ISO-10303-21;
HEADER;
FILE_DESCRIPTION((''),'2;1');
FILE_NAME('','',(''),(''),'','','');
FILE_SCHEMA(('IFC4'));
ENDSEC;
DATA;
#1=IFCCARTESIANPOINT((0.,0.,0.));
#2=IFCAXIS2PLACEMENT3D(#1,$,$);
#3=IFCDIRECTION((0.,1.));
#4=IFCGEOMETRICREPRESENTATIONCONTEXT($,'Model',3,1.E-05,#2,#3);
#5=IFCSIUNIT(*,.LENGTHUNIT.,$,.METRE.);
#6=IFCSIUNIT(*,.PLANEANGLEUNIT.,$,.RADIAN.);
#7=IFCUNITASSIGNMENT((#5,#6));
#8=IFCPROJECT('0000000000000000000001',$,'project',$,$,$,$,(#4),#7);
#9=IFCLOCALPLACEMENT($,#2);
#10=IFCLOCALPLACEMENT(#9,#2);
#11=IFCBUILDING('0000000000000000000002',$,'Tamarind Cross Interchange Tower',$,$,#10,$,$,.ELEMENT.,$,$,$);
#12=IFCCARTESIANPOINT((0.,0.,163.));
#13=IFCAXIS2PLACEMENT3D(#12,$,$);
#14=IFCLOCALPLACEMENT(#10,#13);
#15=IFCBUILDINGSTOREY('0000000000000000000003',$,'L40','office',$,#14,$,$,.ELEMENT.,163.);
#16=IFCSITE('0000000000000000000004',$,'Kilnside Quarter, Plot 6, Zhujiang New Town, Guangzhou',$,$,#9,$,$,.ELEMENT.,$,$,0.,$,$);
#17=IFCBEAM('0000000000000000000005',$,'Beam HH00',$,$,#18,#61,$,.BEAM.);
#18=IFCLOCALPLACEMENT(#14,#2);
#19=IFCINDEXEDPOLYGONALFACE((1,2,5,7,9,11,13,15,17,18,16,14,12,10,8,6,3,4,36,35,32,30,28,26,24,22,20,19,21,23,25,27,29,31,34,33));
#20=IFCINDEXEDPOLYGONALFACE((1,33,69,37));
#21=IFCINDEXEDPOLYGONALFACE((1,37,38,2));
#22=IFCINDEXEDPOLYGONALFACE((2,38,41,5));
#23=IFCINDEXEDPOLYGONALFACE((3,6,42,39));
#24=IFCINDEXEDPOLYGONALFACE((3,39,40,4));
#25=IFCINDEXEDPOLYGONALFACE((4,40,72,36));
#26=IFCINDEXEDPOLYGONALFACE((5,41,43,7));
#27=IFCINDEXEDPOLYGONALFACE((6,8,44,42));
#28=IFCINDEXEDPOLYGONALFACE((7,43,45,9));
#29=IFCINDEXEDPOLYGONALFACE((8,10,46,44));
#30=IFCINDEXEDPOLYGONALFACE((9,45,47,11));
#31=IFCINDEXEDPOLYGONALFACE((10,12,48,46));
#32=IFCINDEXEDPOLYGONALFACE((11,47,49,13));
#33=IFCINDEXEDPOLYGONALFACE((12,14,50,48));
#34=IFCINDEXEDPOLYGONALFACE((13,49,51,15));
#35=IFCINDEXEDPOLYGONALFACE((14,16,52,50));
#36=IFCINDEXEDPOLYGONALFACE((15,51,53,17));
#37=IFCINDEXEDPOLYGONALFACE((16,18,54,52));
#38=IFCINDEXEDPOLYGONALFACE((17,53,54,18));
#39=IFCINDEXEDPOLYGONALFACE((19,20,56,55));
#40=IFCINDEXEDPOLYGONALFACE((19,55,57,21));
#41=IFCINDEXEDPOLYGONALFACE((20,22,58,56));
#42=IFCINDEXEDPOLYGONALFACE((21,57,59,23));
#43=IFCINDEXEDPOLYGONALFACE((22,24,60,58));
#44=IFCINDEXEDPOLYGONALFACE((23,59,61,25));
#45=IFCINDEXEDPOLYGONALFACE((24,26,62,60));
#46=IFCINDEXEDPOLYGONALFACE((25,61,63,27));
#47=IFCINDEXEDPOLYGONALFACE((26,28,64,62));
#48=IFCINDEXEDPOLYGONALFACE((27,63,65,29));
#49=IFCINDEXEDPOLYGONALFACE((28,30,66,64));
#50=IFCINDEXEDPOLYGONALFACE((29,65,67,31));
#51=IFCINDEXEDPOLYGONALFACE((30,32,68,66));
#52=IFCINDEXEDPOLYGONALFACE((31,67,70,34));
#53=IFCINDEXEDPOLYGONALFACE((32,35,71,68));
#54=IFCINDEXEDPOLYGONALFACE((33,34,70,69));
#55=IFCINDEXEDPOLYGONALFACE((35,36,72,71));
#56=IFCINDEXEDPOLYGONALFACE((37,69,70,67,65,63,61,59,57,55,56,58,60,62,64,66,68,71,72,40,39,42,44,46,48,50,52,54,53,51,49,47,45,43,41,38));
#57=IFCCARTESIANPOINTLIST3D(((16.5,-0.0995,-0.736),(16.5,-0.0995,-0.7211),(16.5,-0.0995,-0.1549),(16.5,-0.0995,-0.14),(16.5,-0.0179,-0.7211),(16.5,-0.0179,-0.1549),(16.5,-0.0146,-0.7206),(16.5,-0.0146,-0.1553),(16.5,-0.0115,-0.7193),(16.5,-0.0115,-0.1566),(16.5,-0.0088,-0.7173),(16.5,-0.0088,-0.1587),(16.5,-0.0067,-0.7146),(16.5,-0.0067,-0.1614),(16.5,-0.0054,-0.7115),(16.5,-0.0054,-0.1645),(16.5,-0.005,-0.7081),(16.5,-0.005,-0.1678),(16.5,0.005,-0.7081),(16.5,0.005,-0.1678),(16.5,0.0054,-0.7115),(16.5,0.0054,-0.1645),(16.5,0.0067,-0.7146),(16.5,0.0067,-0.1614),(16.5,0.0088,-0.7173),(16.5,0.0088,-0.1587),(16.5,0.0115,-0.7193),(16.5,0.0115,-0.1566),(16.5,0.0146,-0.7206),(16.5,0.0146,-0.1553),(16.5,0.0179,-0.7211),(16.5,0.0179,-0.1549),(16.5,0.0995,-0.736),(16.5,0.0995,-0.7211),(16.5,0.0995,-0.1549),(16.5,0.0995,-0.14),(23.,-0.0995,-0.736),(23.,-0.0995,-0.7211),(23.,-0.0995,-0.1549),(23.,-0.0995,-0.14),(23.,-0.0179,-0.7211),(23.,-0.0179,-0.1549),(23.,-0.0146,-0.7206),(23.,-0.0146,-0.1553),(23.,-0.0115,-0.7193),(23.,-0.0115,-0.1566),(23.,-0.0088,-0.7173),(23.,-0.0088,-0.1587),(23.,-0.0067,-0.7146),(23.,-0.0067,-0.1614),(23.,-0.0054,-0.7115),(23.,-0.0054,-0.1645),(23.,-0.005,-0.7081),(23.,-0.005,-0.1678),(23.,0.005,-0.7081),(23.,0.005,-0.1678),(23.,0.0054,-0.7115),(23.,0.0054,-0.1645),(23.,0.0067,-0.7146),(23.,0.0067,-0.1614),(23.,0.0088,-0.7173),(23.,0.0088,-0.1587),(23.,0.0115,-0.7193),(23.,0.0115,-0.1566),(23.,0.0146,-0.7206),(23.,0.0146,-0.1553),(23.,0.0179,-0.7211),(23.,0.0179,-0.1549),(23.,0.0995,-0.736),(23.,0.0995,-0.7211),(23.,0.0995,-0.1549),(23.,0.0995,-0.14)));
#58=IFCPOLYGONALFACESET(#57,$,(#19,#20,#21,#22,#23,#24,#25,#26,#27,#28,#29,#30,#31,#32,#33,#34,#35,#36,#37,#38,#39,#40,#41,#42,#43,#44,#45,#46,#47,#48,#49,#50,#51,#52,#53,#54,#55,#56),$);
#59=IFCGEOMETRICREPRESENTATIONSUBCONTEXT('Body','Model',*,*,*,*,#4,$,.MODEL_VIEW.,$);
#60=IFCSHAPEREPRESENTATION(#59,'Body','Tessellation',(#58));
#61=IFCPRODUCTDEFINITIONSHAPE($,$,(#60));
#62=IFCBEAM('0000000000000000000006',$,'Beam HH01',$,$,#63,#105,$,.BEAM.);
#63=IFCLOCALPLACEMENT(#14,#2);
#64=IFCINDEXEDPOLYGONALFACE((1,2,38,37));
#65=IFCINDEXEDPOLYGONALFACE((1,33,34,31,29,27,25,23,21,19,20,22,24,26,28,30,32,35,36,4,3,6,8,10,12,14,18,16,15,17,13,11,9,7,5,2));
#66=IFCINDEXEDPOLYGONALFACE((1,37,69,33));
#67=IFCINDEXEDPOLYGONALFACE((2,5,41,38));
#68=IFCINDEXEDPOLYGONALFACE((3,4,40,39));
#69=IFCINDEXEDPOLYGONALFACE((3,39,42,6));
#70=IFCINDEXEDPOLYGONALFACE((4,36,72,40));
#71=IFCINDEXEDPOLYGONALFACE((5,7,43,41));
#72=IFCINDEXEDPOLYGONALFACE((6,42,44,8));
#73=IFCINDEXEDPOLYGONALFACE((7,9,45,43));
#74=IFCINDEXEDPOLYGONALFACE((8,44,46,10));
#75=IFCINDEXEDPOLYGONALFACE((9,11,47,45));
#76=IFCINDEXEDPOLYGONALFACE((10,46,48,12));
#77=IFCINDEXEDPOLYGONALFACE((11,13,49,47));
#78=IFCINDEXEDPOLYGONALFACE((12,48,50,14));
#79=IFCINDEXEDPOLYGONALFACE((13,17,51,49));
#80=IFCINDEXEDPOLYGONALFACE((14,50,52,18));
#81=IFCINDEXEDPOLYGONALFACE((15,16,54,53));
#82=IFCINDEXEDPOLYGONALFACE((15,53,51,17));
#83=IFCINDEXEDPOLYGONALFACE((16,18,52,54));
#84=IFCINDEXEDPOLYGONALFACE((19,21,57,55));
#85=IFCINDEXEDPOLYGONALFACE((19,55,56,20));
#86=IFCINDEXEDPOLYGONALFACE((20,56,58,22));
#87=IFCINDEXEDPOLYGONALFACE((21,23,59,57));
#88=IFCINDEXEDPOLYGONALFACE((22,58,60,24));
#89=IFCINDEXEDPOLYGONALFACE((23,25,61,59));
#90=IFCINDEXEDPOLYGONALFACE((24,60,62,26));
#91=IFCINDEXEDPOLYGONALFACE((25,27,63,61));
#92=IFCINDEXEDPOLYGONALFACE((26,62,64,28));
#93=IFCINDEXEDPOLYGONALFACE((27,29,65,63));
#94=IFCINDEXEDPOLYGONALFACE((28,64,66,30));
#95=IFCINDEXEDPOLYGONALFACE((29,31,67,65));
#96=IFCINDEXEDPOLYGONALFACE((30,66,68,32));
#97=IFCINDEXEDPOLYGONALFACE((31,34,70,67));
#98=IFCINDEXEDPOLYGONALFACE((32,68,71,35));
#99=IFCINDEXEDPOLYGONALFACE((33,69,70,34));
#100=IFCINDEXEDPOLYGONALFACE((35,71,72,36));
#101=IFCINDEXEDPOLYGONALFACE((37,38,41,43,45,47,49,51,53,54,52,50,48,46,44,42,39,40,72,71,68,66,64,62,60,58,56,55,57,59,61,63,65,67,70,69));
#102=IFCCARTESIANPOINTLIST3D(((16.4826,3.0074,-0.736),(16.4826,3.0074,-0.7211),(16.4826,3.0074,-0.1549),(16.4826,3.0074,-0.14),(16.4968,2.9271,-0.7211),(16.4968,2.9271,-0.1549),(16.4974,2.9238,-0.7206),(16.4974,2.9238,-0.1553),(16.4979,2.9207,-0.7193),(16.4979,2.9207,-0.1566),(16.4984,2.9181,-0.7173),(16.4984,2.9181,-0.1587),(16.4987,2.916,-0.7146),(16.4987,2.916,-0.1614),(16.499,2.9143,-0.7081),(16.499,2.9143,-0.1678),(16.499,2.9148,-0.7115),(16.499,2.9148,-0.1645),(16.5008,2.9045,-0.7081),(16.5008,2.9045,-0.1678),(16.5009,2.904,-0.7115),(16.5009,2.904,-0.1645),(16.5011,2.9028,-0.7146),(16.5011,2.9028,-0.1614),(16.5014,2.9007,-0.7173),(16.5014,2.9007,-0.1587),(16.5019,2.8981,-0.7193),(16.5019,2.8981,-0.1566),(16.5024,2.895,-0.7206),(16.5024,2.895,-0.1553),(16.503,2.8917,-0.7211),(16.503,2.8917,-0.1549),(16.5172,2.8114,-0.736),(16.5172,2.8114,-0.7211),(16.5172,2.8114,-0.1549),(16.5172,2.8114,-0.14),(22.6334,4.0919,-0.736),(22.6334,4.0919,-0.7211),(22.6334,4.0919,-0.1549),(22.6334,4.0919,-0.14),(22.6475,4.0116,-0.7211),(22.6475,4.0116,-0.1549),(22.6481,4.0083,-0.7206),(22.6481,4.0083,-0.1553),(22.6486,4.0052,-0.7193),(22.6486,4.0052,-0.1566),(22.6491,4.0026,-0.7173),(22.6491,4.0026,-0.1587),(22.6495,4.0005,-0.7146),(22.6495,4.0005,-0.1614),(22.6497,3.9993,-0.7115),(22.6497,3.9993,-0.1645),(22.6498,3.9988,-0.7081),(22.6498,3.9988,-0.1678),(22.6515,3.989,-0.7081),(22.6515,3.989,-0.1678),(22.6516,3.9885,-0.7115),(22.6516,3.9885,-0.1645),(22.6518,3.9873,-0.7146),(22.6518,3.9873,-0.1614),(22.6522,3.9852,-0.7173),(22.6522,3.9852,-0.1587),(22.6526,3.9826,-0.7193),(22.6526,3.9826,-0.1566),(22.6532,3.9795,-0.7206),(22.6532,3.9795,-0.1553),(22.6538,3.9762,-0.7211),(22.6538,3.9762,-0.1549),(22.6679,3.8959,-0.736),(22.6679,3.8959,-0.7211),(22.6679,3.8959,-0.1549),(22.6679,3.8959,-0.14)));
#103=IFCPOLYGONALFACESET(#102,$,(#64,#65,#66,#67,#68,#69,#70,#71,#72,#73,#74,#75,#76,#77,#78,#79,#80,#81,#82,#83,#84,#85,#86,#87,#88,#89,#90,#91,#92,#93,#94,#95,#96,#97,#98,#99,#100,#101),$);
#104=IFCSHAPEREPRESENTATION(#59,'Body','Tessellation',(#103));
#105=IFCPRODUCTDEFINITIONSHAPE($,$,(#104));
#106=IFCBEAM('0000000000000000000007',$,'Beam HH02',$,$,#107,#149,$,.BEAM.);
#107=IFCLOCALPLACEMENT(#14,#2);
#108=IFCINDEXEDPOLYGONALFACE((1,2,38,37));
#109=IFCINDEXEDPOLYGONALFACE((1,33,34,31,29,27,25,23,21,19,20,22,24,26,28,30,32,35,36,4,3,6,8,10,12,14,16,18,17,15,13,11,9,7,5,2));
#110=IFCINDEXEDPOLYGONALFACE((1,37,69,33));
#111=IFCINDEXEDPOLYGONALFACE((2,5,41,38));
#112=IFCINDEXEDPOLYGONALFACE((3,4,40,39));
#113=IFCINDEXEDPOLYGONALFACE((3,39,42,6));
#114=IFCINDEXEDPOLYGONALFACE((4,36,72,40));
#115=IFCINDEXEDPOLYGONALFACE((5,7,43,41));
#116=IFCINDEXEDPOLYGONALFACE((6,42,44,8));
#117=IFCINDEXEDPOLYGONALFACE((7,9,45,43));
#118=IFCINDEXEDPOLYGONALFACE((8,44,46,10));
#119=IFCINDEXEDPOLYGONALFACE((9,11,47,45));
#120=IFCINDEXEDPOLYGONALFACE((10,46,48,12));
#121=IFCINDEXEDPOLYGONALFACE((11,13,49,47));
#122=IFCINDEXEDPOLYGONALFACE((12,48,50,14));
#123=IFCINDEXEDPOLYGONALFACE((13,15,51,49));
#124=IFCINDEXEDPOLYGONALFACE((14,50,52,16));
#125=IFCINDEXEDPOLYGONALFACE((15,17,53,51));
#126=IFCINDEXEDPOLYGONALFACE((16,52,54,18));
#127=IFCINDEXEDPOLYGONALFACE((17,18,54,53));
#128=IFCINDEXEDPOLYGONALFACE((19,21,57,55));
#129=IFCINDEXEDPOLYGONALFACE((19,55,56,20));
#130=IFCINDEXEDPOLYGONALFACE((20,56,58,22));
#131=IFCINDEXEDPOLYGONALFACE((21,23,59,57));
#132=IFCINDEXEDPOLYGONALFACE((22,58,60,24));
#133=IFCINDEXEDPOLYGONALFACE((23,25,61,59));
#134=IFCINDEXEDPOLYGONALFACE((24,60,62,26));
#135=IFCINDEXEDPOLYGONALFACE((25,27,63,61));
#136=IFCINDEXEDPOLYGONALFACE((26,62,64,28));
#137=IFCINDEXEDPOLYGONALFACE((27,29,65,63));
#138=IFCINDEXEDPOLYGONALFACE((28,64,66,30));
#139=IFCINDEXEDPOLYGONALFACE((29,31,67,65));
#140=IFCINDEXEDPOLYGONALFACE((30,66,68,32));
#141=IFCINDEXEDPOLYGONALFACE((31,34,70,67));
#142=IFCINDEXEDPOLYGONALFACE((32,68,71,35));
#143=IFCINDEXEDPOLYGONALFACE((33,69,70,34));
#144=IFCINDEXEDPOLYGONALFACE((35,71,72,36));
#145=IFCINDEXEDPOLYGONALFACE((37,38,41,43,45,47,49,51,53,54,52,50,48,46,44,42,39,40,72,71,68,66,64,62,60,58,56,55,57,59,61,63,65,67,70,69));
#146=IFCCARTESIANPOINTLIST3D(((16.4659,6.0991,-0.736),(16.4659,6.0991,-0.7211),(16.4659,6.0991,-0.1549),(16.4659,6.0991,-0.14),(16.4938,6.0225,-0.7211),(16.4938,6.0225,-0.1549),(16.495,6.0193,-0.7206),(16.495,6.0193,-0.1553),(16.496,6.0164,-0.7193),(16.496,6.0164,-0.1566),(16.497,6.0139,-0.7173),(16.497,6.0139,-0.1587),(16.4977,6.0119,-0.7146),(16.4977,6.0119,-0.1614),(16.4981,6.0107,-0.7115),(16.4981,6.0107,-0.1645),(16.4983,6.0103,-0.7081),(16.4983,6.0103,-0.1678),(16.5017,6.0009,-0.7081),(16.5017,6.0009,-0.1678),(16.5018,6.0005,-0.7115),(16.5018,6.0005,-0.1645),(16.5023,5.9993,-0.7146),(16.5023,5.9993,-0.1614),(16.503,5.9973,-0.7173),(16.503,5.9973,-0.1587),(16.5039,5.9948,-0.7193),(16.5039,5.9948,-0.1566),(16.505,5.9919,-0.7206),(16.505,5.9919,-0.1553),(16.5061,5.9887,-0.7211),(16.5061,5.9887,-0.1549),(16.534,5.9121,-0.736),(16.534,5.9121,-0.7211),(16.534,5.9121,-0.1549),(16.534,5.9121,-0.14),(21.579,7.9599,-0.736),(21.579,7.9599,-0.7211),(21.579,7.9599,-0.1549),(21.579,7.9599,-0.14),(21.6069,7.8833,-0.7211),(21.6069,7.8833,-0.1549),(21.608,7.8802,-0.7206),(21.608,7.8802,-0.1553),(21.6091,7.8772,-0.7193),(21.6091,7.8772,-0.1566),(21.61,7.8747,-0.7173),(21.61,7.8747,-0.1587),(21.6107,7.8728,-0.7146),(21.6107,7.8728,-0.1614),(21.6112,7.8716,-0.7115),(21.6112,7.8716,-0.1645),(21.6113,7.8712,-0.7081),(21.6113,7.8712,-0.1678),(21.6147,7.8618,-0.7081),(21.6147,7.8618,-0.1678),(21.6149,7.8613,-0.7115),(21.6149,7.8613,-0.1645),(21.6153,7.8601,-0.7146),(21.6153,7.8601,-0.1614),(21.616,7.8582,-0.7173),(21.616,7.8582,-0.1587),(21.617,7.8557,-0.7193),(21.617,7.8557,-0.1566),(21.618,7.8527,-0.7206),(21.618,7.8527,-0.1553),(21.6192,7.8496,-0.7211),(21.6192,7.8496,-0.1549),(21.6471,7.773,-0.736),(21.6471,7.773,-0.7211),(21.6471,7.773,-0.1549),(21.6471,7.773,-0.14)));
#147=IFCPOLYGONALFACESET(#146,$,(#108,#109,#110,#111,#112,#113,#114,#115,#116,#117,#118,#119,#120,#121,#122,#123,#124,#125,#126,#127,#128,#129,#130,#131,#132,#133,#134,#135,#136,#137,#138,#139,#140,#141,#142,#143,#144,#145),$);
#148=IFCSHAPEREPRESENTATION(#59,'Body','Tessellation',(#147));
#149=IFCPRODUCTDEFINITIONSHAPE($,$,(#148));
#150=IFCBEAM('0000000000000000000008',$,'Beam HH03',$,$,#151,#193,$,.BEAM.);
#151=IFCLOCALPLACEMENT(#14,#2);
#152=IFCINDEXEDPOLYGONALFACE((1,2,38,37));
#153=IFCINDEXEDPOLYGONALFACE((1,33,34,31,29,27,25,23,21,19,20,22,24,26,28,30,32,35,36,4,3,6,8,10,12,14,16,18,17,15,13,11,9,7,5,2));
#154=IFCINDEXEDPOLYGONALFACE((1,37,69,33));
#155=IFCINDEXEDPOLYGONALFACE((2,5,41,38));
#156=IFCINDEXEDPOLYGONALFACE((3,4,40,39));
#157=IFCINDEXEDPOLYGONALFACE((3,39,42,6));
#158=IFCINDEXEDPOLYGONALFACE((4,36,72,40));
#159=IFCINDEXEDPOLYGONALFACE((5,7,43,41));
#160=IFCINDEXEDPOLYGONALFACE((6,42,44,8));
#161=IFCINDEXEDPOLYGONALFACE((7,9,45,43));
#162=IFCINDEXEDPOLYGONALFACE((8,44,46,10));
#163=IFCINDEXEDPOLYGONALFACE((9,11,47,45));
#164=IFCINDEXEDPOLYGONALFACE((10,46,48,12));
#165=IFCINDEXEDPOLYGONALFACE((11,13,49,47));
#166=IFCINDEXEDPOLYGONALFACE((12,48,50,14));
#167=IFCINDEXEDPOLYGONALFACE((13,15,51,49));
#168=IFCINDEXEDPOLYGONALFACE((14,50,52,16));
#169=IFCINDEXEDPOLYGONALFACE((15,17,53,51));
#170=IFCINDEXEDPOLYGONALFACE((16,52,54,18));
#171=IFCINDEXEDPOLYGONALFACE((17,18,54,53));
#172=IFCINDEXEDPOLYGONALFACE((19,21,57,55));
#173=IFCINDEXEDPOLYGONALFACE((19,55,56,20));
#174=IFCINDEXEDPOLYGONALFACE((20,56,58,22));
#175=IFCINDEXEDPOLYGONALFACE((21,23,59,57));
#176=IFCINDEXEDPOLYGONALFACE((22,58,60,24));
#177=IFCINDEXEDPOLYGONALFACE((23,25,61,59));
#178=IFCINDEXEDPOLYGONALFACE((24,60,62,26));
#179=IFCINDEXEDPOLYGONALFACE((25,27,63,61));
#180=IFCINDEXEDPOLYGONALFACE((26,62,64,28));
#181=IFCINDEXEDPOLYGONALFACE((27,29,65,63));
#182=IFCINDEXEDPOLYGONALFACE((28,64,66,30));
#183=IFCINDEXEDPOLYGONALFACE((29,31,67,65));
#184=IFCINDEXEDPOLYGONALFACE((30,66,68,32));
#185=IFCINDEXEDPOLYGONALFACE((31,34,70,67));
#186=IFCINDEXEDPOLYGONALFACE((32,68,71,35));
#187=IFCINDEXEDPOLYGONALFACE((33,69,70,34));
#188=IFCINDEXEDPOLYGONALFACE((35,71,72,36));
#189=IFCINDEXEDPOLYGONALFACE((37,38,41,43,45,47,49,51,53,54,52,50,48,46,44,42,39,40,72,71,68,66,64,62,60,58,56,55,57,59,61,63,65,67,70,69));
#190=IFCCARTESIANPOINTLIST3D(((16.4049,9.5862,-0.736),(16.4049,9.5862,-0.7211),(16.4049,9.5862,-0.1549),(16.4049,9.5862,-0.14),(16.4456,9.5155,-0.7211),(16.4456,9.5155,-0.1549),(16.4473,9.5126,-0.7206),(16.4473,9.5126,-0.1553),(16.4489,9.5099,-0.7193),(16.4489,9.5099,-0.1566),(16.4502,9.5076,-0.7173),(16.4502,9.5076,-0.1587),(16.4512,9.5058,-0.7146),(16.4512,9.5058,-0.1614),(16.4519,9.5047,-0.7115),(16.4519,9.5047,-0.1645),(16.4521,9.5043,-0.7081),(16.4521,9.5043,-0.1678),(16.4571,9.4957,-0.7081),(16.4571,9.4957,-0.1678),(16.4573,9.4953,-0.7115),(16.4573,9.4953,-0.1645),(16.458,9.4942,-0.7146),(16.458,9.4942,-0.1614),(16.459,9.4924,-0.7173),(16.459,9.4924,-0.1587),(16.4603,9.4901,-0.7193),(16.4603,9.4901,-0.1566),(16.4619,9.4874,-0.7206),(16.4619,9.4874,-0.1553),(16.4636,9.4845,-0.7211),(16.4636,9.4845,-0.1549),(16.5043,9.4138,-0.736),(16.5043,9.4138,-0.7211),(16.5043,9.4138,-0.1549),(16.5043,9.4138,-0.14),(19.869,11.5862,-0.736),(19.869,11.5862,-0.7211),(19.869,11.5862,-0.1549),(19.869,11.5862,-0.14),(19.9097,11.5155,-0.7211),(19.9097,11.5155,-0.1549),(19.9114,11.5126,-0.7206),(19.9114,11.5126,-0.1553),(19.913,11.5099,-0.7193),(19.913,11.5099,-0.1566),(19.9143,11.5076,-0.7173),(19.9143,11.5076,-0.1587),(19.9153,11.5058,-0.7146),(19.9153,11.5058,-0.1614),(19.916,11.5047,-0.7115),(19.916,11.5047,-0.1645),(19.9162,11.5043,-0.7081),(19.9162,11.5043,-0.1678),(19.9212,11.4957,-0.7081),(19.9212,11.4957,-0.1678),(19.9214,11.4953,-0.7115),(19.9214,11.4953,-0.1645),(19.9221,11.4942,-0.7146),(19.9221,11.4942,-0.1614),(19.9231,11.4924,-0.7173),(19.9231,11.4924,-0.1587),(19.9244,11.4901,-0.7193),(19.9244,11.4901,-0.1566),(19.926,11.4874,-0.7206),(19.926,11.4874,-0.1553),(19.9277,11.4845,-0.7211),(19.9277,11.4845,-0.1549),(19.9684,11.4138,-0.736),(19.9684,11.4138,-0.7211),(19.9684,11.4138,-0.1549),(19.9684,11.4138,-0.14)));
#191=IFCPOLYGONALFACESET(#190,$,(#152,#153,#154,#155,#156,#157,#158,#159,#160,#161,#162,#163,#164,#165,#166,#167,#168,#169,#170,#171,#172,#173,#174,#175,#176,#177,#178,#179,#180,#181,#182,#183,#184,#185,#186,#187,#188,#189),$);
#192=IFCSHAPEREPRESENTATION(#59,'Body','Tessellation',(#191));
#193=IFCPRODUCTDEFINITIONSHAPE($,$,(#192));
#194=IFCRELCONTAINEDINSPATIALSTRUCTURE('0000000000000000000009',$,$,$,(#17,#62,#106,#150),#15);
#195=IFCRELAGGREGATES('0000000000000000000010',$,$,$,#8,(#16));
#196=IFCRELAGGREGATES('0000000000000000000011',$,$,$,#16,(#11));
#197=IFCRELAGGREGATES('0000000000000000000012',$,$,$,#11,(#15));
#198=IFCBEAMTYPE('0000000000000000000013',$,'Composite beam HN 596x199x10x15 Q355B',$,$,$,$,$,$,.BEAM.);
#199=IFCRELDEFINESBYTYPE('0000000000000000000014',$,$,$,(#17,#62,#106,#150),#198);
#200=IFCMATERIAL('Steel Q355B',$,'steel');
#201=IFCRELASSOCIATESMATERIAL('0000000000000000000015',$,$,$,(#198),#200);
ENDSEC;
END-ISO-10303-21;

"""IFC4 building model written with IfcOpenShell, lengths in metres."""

from ifc_helpers import new_model, si_unit, direction, frame, origin, origin_2d, place, context, subcontext, project, spatial, i_section, extrude, material, material_profile, profile_set, type_object, element, save


model = new_model("IFC4")

# Units and contexts
model_context = context("Model", 3, precision=1e-05, world=origin(), true_north=direction((0.0, 1.0)))
body_context = subcontext(model_context, "Body", "Model", "MODEL_VIEW")
ifc_project = project(units=[si_unit("LENGTHUNIT", "METRE"), si_unit("PLANEANGLEUNIT", "RADIAN")], contexts=[model_context])

# Site, building, storey
site_placement = place(None, origin())
site = spatial("IfcSite", under=ifc_project, at=site_placement, Name="Kilnside Quarter, Plot 6, Zhujiang New Town, Guangzhou", CompositionType="ELEMENT", RefElevation=0.0)
building_placement = place(site_placement, origin())
building = spatial("IfcBuilding", under=site, at=building_placement, Name="Tamarind Cross Interchange Tower", CompositionType="ELEMENT")
storey_placement = place(building_placement, frame((0.0, 0.0, 163.0)))
storey = spatial("IfcBuildingStorey", under=building, at=storey_placement, Name="L40", Description="office", CompositionType="ELEMENT", Elevation=163.0)

# Beams
ifc_material_1 = material(Name="Steel Q355B", Category="steel")
ifc_material_profile_1 = material_profile(ifc_material_1, i_section(OverallWidth=0.199, OverallDepth=0.5959, WebThickness=0.01, FlangeThickness=0.0149, FilletRadius=0.0129, at=origin_2d()), Name="HN 596x199x10x15")
ifc_profile_set_1 = profile_set([ifc_material_profile_1], Name="Steel Q355B")
beam_type = type_object("IfcBeamType", Name="Composite beam HN 596x199x10x15 Q355B", PredefinedType="BEAM", material=ifc_profile_set_1)
beam_1_placement = place(storey_placement, frame((23.0, 0.0, -0.438), z_axis=(-1.0, 0.0, 0.0), x_axis=(0.0, -1.0, 0.0)))
element("IfcBeam", 1, at=beam_1_placement, inside=storey, type_object=beam_type, Name="Beam HH00", PredefinedType="BEAM", context=body_context, shape_type="SweptSolid", body=[
    extrude(i_section(OverallWidth=0.199, OverallDepth=0.5959, WebThickness=0.01, FlangeThickness=0.0149, FilletRadius=0.0129, at=origin_2d()), origin(), (0.0, 0.0, 1.0), 6.5),
])
beam_2_placement = place(storey_placement, frame((22.6506, 3.9939, -0.438), z_axis=(-0.984809, -0.17364, 0.0), x_axis=(0.17364, -0.984809, 0.0)))
element("IfcBeam", 2, at=beam_2_placement, inside=storey, type_object=beam_type, Name="Beam HH01", PredefinedType="BEAM", context=body_context, shape_type="SweptSolid", body=[
    extrude(i_section(OverallWidth=0.199, OverallDepth=0.5959, WebThickness=0.01, FlangeThickness=0.0149, FilletRadius=0.0129, at=origin_2d()), origin(), (0.0, 0.0, 1.0), 6.2456),
])
beam_3_placement = place(storey_placement, frame((21.613, 7.8665, -0.438), z_axis=(-0.939702, -0.341995, 0.0), x_axis=(0.341995, -0.939702, 0.0)))
element("IfcBeam", 3, at=beam_3_placement, inside=storey, type_object=beam_type, Name="Beam HH02", PredefinedType="BEAM", context=body_context, shape_type="SweptSolid", body=[
    extrude(i_section(OverallWidth=0.199, OverallDepth=0.5959, WebThickness=0.01, FlangeThickness=0.0149, FilletRadius=0.0129, at=origin_2d()), origin(), (0.0, 0.0, 1.0), 5.4412),
])
beam_4_placement = place(storey_placement, frame((19.9187, 11.5, -0.438), z_axis=(-0.866026, -0.499999, 0.0), x_axis=(0.499999, -0.866026, 0.0)))
element("IfcBeam", 4, at=beam_4_placement, inside=storey, type_object=beam_type, Name="Beam HH03", PredefinedType="BEAM", context=body_context, shape_type="SweptSolid", body=[
    extrude(i_section(OverallWidth=0.199, OverallDepth=0.5959, WebThickness=0.01, FlangeThickness=0.0149, FilletRadius=0.0129, at=origin_2d()), origin(), (0.0, 0.0, 1.0), 4.0),
])

save(model, "model.ifc")
